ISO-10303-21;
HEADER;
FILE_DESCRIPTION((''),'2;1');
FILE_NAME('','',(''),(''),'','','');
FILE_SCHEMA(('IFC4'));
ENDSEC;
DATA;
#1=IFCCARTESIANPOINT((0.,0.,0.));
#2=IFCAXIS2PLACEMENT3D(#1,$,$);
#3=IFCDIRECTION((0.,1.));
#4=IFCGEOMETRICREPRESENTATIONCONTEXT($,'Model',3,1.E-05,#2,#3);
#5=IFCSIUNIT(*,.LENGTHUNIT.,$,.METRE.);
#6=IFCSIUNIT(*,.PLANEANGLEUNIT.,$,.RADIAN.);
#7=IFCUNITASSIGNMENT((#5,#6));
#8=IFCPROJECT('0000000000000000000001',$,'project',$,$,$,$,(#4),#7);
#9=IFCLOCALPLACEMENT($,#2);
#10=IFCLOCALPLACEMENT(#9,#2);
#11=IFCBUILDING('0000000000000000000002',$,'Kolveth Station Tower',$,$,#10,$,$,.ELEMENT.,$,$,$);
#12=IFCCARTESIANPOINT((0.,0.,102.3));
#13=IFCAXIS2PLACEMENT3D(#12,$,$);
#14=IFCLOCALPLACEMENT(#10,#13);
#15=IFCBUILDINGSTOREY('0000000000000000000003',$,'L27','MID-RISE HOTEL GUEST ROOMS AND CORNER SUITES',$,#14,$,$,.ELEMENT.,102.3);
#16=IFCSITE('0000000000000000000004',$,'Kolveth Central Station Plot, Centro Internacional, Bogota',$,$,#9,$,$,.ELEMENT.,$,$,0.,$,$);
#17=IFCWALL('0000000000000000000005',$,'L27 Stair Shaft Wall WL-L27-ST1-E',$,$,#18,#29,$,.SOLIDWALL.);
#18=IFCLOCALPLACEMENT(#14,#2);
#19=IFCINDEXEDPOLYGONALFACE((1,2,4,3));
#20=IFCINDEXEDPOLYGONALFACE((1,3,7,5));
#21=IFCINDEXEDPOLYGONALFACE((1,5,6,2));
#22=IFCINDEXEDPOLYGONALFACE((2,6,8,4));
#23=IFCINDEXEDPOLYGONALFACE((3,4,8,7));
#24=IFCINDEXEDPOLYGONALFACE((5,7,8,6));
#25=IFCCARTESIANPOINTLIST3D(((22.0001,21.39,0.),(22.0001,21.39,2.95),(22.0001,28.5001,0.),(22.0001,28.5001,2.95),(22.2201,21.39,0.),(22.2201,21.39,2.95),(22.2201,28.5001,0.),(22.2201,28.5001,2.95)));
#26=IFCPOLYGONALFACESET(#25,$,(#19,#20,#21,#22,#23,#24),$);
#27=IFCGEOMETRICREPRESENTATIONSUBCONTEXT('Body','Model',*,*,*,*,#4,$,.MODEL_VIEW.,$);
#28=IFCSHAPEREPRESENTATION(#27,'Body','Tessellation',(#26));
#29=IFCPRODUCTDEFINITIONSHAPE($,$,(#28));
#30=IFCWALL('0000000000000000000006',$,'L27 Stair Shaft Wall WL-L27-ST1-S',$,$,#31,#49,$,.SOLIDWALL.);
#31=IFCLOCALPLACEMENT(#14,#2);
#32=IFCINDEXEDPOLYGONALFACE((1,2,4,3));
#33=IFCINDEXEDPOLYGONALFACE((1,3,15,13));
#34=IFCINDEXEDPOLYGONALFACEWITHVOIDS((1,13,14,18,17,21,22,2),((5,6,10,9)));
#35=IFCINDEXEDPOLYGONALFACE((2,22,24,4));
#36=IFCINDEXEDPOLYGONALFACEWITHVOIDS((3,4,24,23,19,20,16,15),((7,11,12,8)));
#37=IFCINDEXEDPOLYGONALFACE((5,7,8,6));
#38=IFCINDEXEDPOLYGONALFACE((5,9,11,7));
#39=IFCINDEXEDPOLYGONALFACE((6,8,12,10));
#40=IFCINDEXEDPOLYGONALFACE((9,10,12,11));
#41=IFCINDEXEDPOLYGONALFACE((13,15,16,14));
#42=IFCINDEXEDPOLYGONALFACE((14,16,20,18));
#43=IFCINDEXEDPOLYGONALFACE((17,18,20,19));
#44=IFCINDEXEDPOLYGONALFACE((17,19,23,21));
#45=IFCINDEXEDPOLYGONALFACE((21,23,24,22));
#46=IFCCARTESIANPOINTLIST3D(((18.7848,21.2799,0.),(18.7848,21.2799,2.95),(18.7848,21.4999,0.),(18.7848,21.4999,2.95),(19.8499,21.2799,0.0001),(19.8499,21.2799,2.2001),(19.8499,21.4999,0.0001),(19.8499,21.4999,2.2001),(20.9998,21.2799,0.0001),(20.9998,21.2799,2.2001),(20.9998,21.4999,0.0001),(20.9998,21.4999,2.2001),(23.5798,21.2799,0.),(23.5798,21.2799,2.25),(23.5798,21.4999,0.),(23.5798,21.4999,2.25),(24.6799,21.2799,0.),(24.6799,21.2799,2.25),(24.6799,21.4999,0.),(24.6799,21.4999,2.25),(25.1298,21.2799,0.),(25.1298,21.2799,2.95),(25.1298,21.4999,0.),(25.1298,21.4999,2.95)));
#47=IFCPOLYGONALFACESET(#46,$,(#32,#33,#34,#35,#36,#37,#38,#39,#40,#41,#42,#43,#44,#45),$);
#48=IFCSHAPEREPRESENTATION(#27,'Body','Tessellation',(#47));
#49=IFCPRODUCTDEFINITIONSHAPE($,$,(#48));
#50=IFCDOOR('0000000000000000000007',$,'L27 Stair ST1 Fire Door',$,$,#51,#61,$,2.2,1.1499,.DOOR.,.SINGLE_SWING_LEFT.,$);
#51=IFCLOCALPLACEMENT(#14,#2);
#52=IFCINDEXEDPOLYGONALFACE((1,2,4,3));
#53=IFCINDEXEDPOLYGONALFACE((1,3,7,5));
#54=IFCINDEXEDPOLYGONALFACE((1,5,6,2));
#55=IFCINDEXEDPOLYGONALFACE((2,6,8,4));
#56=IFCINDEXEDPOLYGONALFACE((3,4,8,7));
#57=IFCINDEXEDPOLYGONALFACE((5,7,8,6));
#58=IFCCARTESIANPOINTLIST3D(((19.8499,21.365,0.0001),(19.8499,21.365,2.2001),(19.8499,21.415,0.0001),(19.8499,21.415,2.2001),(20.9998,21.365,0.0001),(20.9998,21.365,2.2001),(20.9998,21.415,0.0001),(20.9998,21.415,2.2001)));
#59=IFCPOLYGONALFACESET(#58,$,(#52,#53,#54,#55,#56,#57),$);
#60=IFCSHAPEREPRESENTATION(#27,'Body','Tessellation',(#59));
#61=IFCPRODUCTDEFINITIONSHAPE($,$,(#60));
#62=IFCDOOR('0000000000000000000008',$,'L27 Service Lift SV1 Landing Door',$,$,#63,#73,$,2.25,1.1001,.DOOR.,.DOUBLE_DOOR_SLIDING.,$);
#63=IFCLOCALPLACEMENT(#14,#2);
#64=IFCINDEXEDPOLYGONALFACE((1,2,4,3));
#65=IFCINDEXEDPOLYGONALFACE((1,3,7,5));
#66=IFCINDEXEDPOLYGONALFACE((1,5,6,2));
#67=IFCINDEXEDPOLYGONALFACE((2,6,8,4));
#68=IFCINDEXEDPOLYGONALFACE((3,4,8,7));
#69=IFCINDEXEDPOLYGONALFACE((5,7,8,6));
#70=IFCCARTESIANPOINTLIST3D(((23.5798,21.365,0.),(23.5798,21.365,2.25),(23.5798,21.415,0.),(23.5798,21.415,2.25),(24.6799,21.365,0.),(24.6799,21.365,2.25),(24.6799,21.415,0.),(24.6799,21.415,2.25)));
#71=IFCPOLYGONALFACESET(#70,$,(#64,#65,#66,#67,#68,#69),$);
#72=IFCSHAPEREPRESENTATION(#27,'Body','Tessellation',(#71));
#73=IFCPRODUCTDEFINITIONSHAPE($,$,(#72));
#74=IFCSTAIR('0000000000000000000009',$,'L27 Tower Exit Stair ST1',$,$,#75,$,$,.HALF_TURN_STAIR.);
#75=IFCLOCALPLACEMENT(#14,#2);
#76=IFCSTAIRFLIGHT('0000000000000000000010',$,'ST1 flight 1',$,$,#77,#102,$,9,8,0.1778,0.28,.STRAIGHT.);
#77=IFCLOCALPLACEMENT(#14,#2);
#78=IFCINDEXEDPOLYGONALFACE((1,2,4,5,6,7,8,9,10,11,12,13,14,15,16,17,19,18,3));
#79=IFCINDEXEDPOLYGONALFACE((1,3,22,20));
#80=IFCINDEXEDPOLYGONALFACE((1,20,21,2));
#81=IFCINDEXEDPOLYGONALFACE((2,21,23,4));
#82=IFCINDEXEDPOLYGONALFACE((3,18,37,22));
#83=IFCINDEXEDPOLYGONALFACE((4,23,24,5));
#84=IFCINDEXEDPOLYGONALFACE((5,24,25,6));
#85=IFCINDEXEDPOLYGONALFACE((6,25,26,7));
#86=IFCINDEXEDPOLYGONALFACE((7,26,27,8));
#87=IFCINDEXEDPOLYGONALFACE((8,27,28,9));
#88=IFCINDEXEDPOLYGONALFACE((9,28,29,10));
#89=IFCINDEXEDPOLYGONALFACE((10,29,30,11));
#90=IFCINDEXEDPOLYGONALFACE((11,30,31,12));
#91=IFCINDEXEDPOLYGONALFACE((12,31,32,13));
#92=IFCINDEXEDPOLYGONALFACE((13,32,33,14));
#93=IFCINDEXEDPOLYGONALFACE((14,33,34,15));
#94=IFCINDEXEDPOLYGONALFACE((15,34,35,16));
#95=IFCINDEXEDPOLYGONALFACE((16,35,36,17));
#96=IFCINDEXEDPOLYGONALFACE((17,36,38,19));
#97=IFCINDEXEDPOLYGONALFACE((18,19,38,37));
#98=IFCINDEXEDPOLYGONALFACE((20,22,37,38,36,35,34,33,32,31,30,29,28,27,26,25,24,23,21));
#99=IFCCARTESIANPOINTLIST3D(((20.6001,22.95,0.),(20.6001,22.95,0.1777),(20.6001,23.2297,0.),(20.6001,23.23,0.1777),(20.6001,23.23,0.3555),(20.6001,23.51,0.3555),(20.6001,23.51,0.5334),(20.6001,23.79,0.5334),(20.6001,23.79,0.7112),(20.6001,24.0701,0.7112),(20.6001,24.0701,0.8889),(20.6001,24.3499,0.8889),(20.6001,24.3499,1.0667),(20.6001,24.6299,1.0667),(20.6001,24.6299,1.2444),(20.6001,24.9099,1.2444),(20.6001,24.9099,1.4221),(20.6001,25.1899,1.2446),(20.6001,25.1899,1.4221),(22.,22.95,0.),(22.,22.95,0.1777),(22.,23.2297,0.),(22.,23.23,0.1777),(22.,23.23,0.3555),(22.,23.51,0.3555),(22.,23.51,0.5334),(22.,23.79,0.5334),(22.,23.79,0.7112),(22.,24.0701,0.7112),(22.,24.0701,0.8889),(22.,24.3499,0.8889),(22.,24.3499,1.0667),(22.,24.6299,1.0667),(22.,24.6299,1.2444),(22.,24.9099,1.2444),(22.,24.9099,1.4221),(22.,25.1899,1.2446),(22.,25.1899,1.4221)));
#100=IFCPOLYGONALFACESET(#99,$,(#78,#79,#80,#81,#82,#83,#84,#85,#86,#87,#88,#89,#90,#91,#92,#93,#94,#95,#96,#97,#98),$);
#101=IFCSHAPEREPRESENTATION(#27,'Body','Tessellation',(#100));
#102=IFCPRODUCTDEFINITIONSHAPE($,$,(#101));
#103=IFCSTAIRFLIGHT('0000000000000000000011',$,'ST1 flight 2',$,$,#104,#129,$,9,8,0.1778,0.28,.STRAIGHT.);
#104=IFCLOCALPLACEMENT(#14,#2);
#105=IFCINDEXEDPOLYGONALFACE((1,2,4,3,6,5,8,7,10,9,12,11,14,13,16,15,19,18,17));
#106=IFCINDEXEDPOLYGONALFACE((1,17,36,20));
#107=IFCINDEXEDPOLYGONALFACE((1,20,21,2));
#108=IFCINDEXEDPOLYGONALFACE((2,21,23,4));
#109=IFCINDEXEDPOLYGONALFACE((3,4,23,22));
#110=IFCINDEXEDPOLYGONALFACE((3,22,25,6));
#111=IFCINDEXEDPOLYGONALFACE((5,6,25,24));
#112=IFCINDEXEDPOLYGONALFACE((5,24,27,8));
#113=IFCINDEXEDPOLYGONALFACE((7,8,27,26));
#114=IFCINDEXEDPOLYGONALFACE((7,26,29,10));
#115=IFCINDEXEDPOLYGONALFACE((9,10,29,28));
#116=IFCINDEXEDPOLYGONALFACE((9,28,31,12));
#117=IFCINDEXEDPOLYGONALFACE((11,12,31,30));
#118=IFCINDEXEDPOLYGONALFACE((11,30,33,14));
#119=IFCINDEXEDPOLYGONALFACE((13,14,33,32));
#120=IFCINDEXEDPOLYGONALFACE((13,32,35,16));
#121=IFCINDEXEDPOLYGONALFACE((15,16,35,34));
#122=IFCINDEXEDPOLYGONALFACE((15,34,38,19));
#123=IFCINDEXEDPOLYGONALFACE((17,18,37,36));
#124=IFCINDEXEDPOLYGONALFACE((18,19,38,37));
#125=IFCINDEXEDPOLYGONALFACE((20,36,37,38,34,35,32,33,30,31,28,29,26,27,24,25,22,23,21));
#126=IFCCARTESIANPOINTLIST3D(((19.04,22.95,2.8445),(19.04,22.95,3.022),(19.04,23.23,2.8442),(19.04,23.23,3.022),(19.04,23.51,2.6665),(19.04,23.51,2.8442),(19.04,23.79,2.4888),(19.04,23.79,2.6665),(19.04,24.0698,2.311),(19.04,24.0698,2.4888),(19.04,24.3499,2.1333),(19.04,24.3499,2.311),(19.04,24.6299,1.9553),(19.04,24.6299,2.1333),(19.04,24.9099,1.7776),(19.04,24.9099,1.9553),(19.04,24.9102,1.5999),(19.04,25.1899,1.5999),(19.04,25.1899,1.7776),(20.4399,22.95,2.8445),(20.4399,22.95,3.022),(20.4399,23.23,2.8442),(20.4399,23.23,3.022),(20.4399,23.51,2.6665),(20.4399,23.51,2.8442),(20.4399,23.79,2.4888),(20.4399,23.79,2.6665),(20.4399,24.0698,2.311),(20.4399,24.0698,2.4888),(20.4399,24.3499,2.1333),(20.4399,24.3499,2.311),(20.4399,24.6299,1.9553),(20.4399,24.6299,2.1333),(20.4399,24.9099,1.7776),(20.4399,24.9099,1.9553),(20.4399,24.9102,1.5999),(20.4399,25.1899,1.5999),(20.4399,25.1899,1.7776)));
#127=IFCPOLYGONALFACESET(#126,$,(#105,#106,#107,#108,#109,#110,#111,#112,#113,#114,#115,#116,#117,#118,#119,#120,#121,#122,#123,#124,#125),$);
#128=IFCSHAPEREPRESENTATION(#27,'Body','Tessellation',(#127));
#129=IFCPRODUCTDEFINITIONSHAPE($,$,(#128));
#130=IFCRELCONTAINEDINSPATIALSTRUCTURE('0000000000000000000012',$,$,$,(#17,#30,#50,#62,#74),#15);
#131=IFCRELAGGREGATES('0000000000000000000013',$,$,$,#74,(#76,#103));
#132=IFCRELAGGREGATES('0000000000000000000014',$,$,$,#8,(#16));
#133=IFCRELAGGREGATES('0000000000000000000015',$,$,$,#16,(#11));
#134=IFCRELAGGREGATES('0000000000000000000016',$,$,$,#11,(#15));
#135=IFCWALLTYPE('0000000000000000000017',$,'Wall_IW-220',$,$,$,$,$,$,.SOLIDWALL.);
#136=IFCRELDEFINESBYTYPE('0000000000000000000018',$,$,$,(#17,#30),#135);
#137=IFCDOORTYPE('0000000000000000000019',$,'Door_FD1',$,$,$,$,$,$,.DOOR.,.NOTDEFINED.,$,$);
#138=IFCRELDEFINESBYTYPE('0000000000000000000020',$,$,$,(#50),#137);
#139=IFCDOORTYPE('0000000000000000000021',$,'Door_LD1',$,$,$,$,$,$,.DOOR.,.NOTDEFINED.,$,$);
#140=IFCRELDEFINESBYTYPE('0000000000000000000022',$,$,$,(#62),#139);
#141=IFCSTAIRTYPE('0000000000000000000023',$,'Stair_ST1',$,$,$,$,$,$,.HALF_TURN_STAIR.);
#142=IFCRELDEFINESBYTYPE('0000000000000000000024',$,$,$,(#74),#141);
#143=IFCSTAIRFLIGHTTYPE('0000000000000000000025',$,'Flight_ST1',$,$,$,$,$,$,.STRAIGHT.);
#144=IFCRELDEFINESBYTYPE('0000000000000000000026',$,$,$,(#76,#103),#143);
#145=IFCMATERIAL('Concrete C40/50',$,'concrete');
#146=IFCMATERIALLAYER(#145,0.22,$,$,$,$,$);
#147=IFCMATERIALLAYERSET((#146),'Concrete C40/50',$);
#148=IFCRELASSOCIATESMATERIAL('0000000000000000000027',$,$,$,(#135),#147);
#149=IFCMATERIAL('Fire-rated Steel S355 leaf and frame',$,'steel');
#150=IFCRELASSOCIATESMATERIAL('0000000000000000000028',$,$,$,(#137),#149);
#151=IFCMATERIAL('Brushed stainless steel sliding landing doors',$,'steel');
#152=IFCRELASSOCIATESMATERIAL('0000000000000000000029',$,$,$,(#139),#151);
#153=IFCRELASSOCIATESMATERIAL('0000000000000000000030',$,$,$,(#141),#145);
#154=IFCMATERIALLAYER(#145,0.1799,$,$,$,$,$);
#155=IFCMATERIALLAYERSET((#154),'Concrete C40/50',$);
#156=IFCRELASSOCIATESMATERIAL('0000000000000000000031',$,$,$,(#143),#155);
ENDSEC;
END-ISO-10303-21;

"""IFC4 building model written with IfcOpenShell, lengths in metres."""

from ifc_helpers import new_model, si_unit, direction, frame, frame_2d, origin, place, context, subcontext, project, spatial, polyline, rectangle, outline, extrude, material, layer, layer_set, type_object, element, fill, aggregate, save


model = new_model("IFC4")

# Units and contexts
model_context = context("Model", 3, precision=1e-05, world=origin(), true_north=direction((0.0, 1.0)))
body_context = subcontext(model_context, "Body", "Model", "MODEL_VIEW")
ifc_project = project(units=[si_unit("LENGTHUNIT", "METRE"), si_unit("PLANEANGLEUNIT", "RADIAN")], contexts=[model_context])

# Site, building, storey
site_placement = place(None, origin())
site = spatial("IfcSite", under=ifc_project, at=site_placement, Name="Kolveth Central Station Plot, Centro Internacional, Bogota", CompositionType="ELEMENT", RefElevation=0.0)
building_placement = place(site_placement, origin())
building = spatial("IfcBuilding", under=site, at=building_placement, Name="Kolveth Station Tower", CompositionType="ELEMENT")
storey_placement = place(building_placement, frame((0.0, 0.0, 102.3)))
storey = spatial("IfcBuildingStorey", under=building, at=storey_placement, Name="L27", Description="MID-RISE HOTEL GUEST ROOMS AND CORNER SUITES", CompositionType="ELEMENT", Elevation=102.3)

# Wall
ifc_material_1 = material(Name="Concrete C40/50", Category="concrete")
ifc_layer_1 = layer(ifc_material_1, 0.22)
ifc_layer_set_1 = layer_set([ifc_layer_1], Name="Concrete C40/50")
wall_type_1 = type_object("IfcWallType", Name="Wall_IW-220", PredefinedType="SOLIDWALL", material=ifc_layer_set_1)
for number, where, z_axis, x_axis, name in (
    (1, (22.1101, 21.3899, 0.0), (0.0, 0.0, 1.0), (0.0, 1.0, 0.0), "L27 Stair Shaft Wall WL-L27-ST1-E"),
):
    element("IfcWall", number, at=place(storey_placement, frame(where, z_axis=z_axis, x_axis=x_axis)), inside=storey, type_object=wall_type_1, Name=name, PredefinedType="SOLIDWALL", context=body_context, shape_type="SweptSolid", body=[
        extrude(rectangle(XDim=7.1101, YDim=0.22, at=frame_2d((3.5552, 0.0))), origin(), (0.0, 0.0, 1.0), 2.95),
    ])

# Wall, openings, doors
wall_1_placement = place(storey_placement, frame((18.7849, 21.3899, 0.0), z_axis=(0.0, 0.0, 1.0), x_axis=(1.0, 0.0, 0.0)))
wall_1 = element("IfcWall", 2, at=wall_1_placement, inside=storey, type_object=wall_type_1, Name="L27 Stair Shaft Wall WL-L27-ST1-S", PredefinedType="SOLIDWALL", context=body_context, shape_type="SweptSolid", body=[
    extrude(rectangle(XDim=6.345, YDim=0.22, at=frame_2d((3.1724, 0.0))), origin(), (0.0, 0.0, 1.0), 2.95),
])
opening_1_placement = place(wall_1_placement, frame((1.0649, 0.0, 0.0)))
opening_1 = element("IfcOpeningElement", 3, at=opening_1_placement, cuts=wall_1, PredefinedType="OPENING", context=body_context, shape_type="SweptSolid", body=[
    extrude(rectangle(XDim=1.1499, YDim=2.2, at=frame_2d((0.575, 1.1001))), frame((0.0, 0.1199, 0.0), z_axis=(0.0, -1.0, 0.0), x_axis=(1.0, 0.0, 0.0)), (0.0, 0.0, 1.0), 0.24),
])
opening_2_placement = place(wall_1_placement, frame((4.7949, 0.0, 0.0)))
opening_2 = element("IfcOpeningElement", 4, at=opening_2_placement, cuts=wall_1, PredefinedType="OPENING", context=body_context, shape_type="SweptSolid", body=[
    extrude(rectangle(XDim=1.1001, YDim=2.25, at=frame_2d((0.55, 1.125))), frame((0.0, 0.1199, 0.0), z_axis=(0.0, -1.0, 0.0), x_axis=(1.0, 0.0, 0.0)), (0.0, 0.0, 1.0), 0.24),
])
ifc_material_2 = material(Name="Fire-rated Steel S355 leaf and frame", Category="steel")
door_type_1 = type_object("IfcDoorType", Name="Door_FD1", OperationType="NOTDEFINED", PredefinedType="DOOR", material=ifc_material_2)
door_1_placement = place(opening_1_placement, frame((1.1499, 0.0, 0.0), z_axis=(0.0, 0.0, 1.0), x_axis=(-1.0, 0.0, 0.0)))
door_1 = element("IfcDoor", 5, at=door_1_placement, inside=storey, type_object=door_type_1, Name="L27 Stair ST1 Fire Door", OperationType="SINGLE_SWING_LEFT", OverallHeight=2.2, OverallWidth=1.1499, PredefinedType="DOOR", context=body_context, shape_type="SweptSolid", body=[
    extrude(rectangle(XDim=1.1499, YDim=2.2, at=frame_2d((0.575, 1.1001))), frame((0.0, 0.0249, 0.0), z_axis=(0.0, -1.0, 0.0), x_axis=(1.0, 0.0, 0.0)), (0.0, 0.0, 1.0), 0.05),
])
fill(opening_1, door_1)
ifc_material_3 = material(Name="Brushed stainless steel sliding landing doors", Category="steel")
door_type_2 = type_object("IfcDoorType", Name="Door_LD1", OperationType="NOTDEFINED", PredefinedType="DOOR", material=ifc_material_3)
door_2_placement = place(opening_2_placement, frame((1.1001, 0.0, 0.0), z_axis=(0.0, 0.0, 1.0), x_axis=(-1.0, 0.0, 0.0)))
door_2 = element("IfcDoor", 6, at=door_2_placement, inside=storey, type_object=door_type_2, Name="L27 Service Lift SV1 Landing Door", OperationType="DOUBLE_DOOR_SLIDING", OverallHeight=2.25, OverallWidth=1.1001, PredefinedType="DOOR", context=body_context, shape_type="SweptSolid", body=[
    extrude(rectangle(XDim=1.1001, YDim=2.25, at=frame_2d((0.55, 1.125))), frame((0.0, 0.0249, 0.0), z_axis=(0.0, -1.0, 0.0), x_axis=(1.0, 0.0, 0.0)), (0.0, 0.0, 1.0), 0.05),
])
fill(opening_2, door_2)

# Stair, stair flights
stair_type = type_object("IfcStairType", Name="Stair_ST1", PredefinedType="HALF_TURN_STAIR", material=ifc_material_1)
stair_placement = place(storey_placement, origin())
stair = element("IfcStair", 7, at=stair_placement, inside=storey, type_object=stair_type, Name="L27 Tower Exit Stair ST1", PredefinedType="HALF_TURN_STAIR")
ifc_layer_2 = layer(ifc_material_1, 0.1799)
ifc_layer_set_2 = layer_set([ifc_layer_2], Name="Concrete C40/50")
stair_flight_type = type_object("IfcStairFlightType", Name="Flight_ST1", PredefinedType="STRAIGHT", material=ifc_layer_set_2)
stair_flight_1_placement = place(storey_placement, frame((21.3, 22.95, 0.0), z_axis=(0.0, 0.0, 1.0), x_axis=(0.0, 1.0, 0.0)))
stair_flight_1 = element("IfcStairFlight", 8, at=stair_flight_1_placement, type_object=stair_flight_type, Name="ST1 flight 1", NumberOfRisers=9, NumberOfTreads=8, PredefinedType="STRAIGHT", RiserHeight=0.1778, TreadLength=0.28, context=body_context, shape_type="SweptSolid", body=[
    extrude(outline(polyline([(0.0, 0.0), (0.0, 0.1777), (0.28, 0.1777), (0.28, 0.3555), (0.5601, 0.3555), (0.5601, 0.5334), (0.8401, 0.5334), (0.8401, 0.7112), (1.1201, 0.7112), (1.1201, 0.8889), (1.3999, 0.8889), (1.3999, 1.0667), (1.6799, 1.0667), (1.6799, 1.2444), (1.96, 1.2444), (1.96, 1.4221), (2.24, 1.4221), (2.24, 1.6001), (2.24, 1.2446), (0.2798, 0.0), (0.0, 0.0)])), frame((0.0, 0.7, 0.0), z_axis=(0.0, -1.0, 0.0), x_axis=(1.0, 0.0, 0.0)), (0.0, 0.0, 1.0), 1.3999),
])
stair_flight_2_placement = place(storey_placement, frame((19.74, 25.1899, 1.5999), z_axis=(0.0, 0.0, 1.0), x_axis=(0.0, -1.0, 0.0)))
stair_flight_2 = element("IfcStairFlight", 9, at=stair_flight_2_placement, type_object=stair_flight_type, Name="ST1 flight 2", NumberOfRisers=9, NumberOfTreads=8, PredefinedType="STRAIGHT", RiserHeight=0.1778, TreadLength=0.28, context=body_context, shape_type="SweptSolid", body=[
    extrude(outline(polyline([(0.0, 0.0), (0.0, 0.1777), (0.28, 0.1777), (0.28, 0.3555), (0.5601, 0.3555), (0.5601, 0.5334), (0.8401, 0.5334), (0.8401, 0.7112), (1.1201, 0.7112), (1.1201, 0.8889), (1.3999, 0.8889), (1.3999, 1.0667), (1.6799, 1.0667), (1.6799, 1.2444), (1.96, 1.2444), (1.96, 1.4221), (2.24, 1.4221), (2.24, 1.6001), (2.24, 1.2446), (0.2798, 0.0), (0.0, 0.0)])), frame((0.0, 0.7, 0.0), z_axis=(0.0, -1.0, 0.0), x_axis=(1.0, 0.0, 0.0)), (0.0, 0.0, 1.0), 1.3999),
])
aggregate(stair, [stair_flight_1, stair_flight_2])

save(model, "model.ifc")
